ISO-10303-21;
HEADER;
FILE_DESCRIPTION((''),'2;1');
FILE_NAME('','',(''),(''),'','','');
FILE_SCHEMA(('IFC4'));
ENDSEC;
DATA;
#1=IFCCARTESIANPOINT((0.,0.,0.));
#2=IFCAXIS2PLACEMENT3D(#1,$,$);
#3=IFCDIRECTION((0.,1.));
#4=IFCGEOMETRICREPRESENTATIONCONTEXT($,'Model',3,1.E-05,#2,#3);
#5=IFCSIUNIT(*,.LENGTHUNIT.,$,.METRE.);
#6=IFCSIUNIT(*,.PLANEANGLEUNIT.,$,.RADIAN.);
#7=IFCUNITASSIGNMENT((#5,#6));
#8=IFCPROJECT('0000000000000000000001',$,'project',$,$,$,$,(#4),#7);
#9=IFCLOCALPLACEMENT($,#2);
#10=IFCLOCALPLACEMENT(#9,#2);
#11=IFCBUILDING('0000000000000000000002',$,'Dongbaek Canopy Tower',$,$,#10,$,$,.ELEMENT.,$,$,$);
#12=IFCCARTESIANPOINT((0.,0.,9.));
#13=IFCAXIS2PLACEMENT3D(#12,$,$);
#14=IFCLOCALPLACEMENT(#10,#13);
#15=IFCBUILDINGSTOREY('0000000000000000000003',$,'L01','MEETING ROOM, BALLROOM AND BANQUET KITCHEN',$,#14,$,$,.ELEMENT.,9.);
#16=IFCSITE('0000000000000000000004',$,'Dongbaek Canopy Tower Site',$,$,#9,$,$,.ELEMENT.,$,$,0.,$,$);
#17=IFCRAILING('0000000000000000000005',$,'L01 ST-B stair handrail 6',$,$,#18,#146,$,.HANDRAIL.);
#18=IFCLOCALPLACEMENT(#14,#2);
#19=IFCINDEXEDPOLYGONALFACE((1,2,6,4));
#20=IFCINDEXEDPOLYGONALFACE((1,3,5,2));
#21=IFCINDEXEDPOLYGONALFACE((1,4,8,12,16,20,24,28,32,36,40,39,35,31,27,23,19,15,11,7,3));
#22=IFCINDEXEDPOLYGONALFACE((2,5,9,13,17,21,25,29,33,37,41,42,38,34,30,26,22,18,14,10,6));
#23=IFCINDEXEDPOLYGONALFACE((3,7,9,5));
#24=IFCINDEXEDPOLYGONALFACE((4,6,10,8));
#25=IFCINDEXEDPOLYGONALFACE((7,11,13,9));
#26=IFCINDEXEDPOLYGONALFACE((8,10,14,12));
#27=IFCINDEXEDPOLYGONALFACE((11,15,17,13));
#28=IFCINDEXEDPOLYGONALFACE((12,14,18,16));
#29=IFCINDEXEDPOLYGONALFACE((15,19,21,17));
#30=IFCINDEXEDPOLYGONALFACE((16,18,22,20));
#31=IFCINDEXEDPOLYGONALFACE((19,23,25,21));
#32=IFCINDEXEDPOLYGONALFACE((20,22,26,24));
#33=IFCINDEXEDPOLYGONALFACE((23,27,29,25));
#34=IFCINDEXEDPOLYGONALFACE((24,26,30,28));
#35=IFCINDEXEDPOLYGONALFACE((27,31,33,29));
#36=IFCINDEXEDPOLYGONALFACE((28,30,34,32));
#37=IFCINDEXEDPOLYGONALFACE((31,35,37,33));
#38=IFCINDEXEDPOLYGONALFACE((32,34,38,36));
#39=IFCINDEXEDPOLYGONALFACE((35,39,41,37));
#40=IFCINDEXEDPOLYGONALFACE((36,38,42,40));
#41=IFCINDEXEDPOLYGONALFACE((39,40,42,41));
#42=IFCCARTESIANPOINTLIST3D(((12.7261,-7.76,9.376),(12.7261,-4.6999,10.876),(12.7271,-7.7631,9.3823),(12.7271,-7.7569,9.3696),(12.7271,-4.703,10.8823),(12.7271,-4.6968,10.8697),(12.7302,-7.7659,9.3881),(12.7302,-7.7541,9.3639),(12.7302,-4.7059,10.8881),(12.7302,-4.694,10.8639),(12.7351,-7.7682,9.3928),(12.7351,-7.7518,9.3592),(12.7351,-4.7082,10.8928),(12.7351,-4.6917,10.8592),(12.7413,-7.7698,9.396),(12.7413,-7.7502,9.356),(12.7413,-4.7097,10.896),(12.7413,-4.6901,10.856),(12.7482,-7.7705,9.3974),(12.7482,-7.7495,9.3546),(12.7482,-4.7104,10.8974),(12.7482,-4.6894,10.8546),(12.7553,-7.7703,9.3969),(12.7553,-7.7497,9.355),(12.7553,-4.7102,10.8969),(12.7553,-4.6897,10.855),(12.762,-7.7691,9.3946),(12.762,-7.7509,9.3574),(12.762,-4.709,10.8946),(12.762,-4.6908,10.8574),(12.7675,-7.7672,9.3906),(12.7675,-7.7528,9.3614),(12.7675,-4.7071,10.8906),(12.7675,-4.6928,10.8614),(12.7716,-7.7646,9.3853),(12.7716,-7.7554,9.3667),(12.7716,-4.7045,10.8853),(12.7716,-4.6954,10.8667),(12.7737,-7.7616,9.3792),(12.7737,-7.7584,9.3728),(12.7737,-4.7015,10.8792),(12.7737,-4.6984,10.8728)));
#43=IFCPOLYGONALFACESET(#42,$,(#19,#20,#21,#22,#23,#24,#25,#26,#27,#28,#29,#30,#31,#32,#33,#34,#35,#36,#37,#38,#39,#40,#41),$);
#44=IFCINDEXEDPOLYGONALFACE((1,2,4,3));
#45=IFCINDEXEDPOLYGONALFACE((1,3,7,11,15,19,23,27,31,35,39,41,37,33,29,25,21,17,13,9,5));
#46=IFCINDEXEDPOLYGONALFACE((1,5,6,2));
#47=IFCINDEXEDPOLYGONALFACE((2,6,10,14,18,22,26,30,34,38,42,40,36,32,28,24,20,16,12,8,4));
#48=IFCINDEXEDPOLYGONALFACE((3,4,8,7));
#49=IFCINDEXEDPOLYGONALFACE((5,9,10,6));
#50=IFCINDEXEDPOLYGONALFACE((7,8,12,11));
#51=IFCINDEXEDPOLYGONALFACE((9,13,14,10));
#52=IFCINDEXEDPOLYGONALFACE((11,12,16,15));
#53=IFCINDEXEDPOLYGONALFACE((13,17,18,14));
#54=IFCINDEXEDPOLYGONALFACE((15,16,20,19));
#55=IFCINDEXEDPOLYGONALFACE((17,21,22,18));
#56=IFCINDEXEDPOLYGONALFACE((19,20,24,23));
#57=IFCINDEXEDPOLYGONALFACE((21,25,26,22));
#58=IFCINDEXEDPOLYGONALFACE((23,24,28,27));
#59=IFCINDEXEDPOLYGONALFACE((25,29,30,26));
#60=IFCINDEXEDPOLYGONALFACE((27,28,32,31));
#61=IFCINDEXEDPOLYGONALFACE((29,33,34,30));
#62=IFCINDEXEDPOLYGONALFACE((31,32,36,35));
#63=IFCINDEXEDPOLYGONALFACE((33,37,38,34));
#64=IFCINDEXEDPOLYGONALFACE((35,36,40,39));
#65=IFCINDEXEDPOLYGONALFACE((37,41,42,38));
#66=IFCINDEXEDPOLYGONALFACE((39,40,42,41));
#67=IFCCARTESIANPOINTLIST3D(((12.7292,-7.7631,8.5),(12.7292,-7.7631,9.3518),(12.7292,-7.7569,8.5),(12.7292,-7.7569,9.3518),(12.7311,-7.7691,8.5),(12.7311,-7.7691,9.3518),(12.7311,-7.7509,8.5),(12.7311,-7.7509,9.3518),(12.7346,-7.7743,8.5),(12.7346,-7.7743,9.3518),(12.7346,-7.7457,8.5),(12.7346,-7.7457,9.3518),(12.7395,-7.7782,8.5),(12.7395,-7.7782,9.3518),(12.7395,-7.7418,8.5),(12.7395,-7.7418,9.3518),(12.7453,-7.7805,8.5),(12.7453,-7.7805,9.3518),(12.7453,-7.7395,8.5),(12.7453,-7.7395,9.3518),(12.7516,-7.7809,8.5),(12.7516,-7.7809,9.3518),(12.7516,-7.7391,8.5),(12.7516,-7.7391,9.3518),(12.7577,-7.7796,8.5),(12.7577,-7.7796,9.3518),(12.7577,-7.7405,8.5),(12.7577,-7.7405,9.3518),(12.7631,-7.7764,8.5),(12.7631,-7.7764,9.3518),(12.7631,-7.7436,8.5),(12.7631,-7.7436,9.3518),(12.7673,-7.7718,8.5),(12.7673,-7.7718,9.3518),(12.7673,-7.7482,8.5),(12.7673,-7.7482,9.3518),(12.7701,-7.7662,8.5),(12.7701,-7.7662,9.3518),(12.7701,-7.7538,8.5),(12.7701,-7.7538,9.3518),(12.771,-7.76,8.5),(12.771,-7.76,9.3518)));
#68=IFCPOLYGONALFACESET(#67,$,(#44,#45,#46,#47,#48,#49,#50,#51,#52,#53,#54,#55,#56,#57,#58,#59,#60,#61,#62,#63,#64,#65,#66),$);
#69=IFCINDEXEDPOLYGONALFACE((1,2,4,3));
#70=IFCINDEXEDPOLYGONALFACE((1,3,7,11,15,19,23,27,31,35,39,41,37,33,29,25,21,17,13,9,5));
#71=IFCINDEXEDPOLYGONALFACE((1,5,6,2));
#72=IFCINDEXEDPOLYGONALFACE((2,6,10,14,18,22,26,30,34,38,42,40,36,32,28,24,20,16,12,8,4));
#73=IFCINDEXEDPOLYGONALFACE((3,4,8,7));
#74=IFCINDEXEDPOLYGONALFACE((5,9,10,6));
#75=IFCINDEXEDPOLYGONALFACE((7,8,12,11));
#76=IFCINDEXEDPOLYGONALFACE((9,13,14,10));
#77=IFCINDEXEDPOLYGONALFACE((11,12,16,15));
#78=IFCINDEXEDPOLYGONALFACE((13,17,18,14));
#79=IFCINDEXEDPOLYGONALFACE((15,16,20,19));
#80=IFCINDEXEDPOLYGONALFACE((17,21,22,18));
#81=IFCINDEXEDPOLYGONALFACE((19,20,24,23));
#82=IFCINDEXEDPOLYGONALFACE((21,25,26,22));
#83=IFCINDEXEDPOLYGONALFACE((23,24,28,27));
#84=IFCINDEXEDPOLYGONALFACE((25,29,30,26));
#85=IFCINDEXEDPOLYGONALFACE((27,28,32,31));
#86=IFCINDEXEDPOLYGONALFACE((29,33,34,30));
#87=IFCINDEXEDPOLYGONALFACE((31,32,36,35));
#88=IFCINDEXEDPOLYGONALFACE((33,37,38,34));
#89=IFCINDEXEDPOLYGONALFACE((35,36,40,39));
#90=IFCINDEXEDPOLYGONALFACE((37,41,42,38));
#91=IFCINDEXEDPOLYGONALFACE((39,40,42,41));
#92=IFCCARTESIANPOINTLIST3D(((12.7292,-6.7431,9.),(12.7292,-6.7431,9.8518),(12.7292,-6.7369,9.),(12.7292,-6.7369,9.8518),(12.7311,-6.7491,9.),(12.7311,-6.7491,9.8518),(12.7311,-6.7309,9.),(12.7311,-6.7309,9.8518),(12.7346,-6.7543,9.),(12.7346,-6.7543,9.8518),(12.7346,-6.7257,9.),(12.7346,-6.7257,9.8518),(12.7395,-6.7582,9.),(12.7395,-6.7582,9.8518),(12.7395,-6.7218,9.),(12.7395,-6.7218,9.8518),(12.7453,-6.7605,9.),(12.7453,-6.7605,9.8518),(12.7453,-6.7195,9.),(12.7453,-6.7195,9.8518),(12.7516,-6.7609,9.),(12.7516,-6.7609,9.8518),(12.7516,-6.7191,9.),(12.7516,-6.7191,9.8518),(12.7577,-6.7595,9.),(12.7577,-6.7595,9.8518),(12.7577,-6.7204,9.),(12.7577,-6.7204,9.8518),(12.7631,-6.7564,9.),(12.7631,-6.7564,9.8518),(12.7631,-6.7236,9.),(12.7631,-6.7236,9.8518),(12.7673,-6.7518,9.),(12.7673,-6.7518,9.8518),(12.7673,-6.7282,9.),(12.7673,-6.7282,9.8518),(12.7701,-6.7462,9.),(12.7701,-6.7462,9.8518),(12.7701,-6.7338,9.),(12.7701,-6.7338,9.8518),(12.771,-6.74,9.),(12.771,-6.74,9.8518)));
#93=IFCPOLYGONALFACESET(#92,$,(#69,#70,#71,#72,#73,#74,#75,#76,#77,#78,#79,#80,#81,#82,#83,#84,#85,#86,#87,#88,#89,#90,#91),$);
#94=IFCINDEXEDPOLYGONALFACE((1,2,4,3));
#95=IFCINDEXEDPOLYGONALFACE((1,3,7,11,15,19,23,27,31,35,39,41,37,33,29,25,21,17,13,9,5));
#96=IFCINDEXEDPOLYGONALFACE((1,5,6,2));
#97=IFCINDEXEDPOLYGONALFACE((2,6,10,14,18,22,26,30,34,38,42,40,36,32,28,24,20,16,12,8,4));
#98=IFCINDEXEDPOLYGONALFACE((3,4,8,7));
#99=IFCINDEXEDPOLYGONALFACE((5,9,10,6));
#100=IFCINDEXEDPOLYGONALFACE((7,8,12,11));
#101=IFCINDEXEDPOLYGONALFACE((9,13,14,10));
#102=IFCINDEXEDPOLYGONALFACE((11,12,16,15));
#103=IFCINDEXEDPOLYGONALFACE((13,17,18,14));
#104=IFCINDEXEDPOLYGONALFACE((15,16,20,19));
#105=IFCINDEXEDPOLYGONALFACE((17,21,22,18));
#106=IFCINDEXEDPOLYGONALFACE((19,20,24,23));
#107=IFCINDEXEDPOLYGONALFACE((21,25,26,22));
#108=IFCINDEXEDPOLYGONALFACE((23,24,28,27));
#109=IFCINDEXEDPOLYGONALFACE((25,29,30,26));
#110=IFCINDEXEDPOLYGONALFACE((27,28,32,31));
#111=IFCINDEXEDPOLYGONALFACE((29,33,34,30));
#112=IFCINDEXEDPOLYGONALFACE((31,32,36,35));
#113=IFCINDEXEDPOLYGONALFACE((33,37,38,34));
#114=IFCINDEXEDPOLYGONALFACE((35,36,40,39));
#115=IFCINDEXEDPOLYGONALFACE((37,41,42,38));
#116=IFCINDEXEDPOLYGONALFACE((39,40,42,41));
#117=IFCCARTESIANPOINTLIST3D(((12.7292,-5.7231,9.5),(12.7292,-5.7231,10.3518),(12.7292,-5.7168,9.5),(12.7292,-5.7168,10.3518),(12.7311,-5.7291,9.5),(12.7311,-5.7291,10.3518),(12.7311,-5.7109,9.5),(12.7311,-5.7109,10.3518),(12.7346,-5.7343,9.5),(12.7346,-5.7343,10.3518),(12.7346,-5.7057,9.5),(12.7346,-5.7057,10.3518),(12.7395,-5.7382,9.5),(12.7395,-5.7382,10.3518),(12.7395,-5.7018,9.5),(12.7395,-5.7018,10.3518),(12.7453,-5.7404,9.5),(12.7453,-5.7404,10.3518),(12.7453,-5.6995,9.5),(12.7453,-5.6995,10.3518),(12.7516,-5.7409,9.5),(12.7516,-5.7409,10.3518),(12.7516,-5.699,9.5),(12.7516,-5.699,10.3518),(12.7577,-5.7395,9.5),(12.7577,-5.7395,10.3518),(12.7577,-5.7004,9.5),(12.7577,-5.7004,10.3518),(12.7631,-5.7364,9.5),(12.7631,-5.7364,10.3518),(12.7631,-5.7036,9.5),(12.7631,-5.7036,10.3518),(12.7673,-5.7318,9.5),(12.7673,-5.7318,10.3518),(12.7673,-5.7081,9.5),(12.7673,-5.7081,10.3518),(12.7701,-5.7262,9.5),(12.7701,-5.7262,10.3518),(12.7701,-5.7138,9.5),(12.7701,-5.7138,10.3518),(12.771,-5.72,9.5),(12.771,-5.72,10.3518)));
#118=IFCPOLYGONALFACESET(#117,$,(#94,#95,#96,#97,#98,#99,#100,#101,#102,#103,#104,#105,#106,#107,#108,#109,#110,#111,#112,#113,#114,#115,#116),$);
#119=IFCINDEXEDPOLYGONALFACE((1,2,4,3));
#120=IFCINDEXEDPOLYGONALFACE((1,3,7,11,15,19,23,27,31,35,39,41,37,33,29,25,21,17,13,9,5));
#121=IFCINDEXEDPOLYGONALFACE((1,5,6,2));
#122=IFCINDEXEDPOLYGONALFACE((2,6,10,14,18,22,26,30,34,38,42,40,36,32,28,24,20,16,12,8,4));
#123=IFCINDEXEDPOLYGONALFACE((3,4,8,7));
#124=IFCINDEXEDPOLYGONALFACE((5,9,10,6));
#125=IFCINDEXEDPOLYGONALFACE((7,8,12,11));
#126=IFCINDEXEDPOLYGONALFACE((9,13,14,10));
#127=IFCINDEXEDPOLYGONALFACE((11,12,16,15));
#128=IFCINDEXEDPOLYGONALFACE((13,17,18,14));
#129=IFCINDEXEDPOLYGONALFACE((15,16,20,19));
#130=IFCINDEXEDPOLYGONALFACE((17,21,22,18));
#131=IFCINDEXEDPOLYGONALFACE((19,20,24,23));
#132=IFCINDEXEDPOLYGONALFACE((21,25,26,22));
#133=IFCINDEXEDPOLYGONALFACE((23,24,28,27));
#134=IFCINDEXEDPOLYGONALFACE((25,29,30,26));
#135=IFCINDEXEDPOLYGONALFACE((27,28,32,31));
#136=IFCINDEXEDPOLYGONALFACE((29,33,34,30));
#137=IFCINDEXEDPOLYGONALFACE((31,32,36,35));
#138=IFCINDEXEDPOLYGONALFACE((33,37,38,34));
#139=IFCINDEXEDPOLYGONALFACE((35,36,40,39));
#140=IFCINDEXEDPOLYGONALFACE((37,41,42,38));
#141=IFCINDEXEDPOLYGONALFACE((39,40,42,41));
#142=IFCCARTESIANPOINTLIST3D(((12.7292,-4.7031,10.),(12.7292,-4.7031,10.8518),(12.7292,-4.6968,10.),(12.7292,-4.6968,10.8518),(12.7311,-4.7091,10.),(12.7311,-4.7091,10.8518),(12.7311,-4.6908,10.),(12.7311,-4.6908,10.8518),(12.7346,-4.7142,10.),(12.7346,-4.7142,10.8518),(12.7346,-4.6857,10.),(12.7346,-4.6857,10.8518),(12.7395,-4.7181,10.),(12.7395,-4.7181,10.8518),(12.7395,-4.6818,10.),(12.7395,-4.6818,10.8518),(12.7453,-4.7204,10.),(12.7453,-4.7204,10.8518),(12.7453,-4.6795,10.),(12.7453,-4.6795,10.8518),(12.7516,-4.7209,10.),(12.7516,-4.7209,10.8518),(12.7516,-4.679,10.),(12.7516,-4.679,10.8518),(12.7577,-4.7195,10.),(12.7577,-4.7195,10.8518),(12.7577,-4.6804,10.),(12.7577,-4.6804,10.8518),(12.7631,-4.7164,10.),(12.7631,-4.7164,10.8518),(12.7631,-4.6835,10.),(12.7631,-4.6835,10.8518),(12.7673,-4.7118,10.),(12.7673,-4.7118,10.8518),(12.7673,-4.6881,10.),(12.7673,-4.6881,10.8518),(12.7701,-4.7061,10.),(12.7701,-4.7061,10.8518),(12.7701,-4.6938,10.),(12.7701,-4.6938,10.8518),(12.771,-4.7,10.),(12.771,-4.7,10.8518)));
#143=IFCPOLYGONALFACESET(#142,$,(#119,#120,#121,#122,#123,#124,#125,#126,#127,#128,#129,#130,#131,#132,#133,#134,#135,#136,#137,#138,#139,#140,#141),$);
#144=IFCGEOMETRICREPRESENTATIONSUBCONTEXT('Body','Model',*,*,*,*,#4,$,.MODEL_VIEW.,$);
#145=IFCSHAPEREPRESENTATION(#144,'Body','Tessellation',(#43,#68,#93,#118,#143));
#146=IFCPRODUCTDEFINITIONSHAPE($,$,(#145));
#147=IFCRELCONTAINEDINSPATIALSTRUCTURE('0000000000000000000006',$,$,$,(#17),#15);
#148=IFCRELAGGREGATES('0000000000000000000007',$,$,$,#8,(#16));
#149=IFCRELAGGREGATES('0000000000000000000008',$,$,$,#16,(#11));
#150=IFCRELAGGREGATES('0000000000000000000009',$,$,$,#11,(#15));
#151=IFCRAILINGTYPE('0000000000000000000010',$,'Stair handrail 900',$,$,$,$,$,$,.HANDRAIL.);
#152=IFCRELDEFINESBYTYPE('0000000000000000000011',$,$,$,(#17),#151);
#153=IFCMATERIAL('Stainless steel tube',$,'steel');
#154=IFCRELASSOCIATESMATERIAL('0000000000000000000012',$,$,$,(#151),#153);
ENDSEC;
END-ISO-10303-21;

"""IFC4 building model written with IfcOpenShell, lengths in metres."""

from ifc_helpers import new_model, si_unit, direction, frame, origin, origin_2d, place, context, subcontext, project, spatial, circle, extrude, material, type_object, element, save


model = new_model("IFC4")

# Units and contexts
model_context = context("Model", 3, precision=1e-05, world=origin(), true_north=direction((0.0, 1.0)))
body_context = subcontext(model_context, "Body", "Model", "MODEL_VIEW")
ifc_project = project(units=[si_unit("LENGTHUNIT", "METRE"), si_unit("PLANEANGLEUNIT", "RADIAN")], contexts=[model_context])

# Site, building, storey
site_placement = place(None, origin())
site = spatial("IfcSite", under=ifc_project, at=site_placement, Name="Dongbaek Canopy Tower Site", CompositionType="ELEMENT", RefElevation=0.0)
building_placement = place(site_placement, origin())
building = spatial("IfcBuilding", under=site, at=building_placement, Name="Dongbaek Canopy Tower", CompositionType="ELEMENT")
storey_placement = place(building_placement, frame((0.0, 0.0, 9.0)))
storey = spatial("IfcBuildingStorey", under=building, at=storey_placement, Name="L01", Description="MEETING ROOM, BALLROOM AND BANQUET KITCHEN", CompositionType="ELEMENT", Elevation=9.0)

# Railing
ifc_material_1 = material(Name="Stainless steel tube", Category="steel")
railing_type = type_object("IfcRailingType", Name="Stair handrail 900", PredefinedType="HANDRAIL", material=ifc_material_1)
for number, where, name in (
    (1, (12.75, -7.76, 8.5), "L01 ST-B stair handrail 6"),
):
    element("IfcRailing", number, at=place(storey_placement, frame(where)), inside=storey, type_object=railing_type, Name=name, PredefinedType="HANDRAIL", context=body_context, shape_type="SweptSolid", body=[
        extrude(circle(Radius=0.0239, at=origin_2d()), frame((0.0, 0.0, 0.876), z_axis=(0.0, 0.897924, 0.44015), x_axis=(-1.0, 0.0, 0.0)), (0.0, 0.0, 1.0), 3.408),
        extrude(circle(Radius=0.021, at=origin_2d()), origin(), (0.0, 0.0, 1.0), 0.8518),
        extrude(circle(Radius=0.021, at=origin_2d()), frame((0.0, 1.02, 0.5)), (0.0, 0.0, 1.0), 0.8518),
        extrude(circle(Radius=0.021, at=origin_2d()), frame((0.0, 2.04, 1.0)), (0.0, 0.0, 1.0), 0.8518),
        extrude(circle(Radius=0.021, at=origin_2d()), frame((0.0, 3.0601, 1.5)), (0.0, 0.0, 1.0), 0.8518),
    ])

save(model, "model.ifc")
